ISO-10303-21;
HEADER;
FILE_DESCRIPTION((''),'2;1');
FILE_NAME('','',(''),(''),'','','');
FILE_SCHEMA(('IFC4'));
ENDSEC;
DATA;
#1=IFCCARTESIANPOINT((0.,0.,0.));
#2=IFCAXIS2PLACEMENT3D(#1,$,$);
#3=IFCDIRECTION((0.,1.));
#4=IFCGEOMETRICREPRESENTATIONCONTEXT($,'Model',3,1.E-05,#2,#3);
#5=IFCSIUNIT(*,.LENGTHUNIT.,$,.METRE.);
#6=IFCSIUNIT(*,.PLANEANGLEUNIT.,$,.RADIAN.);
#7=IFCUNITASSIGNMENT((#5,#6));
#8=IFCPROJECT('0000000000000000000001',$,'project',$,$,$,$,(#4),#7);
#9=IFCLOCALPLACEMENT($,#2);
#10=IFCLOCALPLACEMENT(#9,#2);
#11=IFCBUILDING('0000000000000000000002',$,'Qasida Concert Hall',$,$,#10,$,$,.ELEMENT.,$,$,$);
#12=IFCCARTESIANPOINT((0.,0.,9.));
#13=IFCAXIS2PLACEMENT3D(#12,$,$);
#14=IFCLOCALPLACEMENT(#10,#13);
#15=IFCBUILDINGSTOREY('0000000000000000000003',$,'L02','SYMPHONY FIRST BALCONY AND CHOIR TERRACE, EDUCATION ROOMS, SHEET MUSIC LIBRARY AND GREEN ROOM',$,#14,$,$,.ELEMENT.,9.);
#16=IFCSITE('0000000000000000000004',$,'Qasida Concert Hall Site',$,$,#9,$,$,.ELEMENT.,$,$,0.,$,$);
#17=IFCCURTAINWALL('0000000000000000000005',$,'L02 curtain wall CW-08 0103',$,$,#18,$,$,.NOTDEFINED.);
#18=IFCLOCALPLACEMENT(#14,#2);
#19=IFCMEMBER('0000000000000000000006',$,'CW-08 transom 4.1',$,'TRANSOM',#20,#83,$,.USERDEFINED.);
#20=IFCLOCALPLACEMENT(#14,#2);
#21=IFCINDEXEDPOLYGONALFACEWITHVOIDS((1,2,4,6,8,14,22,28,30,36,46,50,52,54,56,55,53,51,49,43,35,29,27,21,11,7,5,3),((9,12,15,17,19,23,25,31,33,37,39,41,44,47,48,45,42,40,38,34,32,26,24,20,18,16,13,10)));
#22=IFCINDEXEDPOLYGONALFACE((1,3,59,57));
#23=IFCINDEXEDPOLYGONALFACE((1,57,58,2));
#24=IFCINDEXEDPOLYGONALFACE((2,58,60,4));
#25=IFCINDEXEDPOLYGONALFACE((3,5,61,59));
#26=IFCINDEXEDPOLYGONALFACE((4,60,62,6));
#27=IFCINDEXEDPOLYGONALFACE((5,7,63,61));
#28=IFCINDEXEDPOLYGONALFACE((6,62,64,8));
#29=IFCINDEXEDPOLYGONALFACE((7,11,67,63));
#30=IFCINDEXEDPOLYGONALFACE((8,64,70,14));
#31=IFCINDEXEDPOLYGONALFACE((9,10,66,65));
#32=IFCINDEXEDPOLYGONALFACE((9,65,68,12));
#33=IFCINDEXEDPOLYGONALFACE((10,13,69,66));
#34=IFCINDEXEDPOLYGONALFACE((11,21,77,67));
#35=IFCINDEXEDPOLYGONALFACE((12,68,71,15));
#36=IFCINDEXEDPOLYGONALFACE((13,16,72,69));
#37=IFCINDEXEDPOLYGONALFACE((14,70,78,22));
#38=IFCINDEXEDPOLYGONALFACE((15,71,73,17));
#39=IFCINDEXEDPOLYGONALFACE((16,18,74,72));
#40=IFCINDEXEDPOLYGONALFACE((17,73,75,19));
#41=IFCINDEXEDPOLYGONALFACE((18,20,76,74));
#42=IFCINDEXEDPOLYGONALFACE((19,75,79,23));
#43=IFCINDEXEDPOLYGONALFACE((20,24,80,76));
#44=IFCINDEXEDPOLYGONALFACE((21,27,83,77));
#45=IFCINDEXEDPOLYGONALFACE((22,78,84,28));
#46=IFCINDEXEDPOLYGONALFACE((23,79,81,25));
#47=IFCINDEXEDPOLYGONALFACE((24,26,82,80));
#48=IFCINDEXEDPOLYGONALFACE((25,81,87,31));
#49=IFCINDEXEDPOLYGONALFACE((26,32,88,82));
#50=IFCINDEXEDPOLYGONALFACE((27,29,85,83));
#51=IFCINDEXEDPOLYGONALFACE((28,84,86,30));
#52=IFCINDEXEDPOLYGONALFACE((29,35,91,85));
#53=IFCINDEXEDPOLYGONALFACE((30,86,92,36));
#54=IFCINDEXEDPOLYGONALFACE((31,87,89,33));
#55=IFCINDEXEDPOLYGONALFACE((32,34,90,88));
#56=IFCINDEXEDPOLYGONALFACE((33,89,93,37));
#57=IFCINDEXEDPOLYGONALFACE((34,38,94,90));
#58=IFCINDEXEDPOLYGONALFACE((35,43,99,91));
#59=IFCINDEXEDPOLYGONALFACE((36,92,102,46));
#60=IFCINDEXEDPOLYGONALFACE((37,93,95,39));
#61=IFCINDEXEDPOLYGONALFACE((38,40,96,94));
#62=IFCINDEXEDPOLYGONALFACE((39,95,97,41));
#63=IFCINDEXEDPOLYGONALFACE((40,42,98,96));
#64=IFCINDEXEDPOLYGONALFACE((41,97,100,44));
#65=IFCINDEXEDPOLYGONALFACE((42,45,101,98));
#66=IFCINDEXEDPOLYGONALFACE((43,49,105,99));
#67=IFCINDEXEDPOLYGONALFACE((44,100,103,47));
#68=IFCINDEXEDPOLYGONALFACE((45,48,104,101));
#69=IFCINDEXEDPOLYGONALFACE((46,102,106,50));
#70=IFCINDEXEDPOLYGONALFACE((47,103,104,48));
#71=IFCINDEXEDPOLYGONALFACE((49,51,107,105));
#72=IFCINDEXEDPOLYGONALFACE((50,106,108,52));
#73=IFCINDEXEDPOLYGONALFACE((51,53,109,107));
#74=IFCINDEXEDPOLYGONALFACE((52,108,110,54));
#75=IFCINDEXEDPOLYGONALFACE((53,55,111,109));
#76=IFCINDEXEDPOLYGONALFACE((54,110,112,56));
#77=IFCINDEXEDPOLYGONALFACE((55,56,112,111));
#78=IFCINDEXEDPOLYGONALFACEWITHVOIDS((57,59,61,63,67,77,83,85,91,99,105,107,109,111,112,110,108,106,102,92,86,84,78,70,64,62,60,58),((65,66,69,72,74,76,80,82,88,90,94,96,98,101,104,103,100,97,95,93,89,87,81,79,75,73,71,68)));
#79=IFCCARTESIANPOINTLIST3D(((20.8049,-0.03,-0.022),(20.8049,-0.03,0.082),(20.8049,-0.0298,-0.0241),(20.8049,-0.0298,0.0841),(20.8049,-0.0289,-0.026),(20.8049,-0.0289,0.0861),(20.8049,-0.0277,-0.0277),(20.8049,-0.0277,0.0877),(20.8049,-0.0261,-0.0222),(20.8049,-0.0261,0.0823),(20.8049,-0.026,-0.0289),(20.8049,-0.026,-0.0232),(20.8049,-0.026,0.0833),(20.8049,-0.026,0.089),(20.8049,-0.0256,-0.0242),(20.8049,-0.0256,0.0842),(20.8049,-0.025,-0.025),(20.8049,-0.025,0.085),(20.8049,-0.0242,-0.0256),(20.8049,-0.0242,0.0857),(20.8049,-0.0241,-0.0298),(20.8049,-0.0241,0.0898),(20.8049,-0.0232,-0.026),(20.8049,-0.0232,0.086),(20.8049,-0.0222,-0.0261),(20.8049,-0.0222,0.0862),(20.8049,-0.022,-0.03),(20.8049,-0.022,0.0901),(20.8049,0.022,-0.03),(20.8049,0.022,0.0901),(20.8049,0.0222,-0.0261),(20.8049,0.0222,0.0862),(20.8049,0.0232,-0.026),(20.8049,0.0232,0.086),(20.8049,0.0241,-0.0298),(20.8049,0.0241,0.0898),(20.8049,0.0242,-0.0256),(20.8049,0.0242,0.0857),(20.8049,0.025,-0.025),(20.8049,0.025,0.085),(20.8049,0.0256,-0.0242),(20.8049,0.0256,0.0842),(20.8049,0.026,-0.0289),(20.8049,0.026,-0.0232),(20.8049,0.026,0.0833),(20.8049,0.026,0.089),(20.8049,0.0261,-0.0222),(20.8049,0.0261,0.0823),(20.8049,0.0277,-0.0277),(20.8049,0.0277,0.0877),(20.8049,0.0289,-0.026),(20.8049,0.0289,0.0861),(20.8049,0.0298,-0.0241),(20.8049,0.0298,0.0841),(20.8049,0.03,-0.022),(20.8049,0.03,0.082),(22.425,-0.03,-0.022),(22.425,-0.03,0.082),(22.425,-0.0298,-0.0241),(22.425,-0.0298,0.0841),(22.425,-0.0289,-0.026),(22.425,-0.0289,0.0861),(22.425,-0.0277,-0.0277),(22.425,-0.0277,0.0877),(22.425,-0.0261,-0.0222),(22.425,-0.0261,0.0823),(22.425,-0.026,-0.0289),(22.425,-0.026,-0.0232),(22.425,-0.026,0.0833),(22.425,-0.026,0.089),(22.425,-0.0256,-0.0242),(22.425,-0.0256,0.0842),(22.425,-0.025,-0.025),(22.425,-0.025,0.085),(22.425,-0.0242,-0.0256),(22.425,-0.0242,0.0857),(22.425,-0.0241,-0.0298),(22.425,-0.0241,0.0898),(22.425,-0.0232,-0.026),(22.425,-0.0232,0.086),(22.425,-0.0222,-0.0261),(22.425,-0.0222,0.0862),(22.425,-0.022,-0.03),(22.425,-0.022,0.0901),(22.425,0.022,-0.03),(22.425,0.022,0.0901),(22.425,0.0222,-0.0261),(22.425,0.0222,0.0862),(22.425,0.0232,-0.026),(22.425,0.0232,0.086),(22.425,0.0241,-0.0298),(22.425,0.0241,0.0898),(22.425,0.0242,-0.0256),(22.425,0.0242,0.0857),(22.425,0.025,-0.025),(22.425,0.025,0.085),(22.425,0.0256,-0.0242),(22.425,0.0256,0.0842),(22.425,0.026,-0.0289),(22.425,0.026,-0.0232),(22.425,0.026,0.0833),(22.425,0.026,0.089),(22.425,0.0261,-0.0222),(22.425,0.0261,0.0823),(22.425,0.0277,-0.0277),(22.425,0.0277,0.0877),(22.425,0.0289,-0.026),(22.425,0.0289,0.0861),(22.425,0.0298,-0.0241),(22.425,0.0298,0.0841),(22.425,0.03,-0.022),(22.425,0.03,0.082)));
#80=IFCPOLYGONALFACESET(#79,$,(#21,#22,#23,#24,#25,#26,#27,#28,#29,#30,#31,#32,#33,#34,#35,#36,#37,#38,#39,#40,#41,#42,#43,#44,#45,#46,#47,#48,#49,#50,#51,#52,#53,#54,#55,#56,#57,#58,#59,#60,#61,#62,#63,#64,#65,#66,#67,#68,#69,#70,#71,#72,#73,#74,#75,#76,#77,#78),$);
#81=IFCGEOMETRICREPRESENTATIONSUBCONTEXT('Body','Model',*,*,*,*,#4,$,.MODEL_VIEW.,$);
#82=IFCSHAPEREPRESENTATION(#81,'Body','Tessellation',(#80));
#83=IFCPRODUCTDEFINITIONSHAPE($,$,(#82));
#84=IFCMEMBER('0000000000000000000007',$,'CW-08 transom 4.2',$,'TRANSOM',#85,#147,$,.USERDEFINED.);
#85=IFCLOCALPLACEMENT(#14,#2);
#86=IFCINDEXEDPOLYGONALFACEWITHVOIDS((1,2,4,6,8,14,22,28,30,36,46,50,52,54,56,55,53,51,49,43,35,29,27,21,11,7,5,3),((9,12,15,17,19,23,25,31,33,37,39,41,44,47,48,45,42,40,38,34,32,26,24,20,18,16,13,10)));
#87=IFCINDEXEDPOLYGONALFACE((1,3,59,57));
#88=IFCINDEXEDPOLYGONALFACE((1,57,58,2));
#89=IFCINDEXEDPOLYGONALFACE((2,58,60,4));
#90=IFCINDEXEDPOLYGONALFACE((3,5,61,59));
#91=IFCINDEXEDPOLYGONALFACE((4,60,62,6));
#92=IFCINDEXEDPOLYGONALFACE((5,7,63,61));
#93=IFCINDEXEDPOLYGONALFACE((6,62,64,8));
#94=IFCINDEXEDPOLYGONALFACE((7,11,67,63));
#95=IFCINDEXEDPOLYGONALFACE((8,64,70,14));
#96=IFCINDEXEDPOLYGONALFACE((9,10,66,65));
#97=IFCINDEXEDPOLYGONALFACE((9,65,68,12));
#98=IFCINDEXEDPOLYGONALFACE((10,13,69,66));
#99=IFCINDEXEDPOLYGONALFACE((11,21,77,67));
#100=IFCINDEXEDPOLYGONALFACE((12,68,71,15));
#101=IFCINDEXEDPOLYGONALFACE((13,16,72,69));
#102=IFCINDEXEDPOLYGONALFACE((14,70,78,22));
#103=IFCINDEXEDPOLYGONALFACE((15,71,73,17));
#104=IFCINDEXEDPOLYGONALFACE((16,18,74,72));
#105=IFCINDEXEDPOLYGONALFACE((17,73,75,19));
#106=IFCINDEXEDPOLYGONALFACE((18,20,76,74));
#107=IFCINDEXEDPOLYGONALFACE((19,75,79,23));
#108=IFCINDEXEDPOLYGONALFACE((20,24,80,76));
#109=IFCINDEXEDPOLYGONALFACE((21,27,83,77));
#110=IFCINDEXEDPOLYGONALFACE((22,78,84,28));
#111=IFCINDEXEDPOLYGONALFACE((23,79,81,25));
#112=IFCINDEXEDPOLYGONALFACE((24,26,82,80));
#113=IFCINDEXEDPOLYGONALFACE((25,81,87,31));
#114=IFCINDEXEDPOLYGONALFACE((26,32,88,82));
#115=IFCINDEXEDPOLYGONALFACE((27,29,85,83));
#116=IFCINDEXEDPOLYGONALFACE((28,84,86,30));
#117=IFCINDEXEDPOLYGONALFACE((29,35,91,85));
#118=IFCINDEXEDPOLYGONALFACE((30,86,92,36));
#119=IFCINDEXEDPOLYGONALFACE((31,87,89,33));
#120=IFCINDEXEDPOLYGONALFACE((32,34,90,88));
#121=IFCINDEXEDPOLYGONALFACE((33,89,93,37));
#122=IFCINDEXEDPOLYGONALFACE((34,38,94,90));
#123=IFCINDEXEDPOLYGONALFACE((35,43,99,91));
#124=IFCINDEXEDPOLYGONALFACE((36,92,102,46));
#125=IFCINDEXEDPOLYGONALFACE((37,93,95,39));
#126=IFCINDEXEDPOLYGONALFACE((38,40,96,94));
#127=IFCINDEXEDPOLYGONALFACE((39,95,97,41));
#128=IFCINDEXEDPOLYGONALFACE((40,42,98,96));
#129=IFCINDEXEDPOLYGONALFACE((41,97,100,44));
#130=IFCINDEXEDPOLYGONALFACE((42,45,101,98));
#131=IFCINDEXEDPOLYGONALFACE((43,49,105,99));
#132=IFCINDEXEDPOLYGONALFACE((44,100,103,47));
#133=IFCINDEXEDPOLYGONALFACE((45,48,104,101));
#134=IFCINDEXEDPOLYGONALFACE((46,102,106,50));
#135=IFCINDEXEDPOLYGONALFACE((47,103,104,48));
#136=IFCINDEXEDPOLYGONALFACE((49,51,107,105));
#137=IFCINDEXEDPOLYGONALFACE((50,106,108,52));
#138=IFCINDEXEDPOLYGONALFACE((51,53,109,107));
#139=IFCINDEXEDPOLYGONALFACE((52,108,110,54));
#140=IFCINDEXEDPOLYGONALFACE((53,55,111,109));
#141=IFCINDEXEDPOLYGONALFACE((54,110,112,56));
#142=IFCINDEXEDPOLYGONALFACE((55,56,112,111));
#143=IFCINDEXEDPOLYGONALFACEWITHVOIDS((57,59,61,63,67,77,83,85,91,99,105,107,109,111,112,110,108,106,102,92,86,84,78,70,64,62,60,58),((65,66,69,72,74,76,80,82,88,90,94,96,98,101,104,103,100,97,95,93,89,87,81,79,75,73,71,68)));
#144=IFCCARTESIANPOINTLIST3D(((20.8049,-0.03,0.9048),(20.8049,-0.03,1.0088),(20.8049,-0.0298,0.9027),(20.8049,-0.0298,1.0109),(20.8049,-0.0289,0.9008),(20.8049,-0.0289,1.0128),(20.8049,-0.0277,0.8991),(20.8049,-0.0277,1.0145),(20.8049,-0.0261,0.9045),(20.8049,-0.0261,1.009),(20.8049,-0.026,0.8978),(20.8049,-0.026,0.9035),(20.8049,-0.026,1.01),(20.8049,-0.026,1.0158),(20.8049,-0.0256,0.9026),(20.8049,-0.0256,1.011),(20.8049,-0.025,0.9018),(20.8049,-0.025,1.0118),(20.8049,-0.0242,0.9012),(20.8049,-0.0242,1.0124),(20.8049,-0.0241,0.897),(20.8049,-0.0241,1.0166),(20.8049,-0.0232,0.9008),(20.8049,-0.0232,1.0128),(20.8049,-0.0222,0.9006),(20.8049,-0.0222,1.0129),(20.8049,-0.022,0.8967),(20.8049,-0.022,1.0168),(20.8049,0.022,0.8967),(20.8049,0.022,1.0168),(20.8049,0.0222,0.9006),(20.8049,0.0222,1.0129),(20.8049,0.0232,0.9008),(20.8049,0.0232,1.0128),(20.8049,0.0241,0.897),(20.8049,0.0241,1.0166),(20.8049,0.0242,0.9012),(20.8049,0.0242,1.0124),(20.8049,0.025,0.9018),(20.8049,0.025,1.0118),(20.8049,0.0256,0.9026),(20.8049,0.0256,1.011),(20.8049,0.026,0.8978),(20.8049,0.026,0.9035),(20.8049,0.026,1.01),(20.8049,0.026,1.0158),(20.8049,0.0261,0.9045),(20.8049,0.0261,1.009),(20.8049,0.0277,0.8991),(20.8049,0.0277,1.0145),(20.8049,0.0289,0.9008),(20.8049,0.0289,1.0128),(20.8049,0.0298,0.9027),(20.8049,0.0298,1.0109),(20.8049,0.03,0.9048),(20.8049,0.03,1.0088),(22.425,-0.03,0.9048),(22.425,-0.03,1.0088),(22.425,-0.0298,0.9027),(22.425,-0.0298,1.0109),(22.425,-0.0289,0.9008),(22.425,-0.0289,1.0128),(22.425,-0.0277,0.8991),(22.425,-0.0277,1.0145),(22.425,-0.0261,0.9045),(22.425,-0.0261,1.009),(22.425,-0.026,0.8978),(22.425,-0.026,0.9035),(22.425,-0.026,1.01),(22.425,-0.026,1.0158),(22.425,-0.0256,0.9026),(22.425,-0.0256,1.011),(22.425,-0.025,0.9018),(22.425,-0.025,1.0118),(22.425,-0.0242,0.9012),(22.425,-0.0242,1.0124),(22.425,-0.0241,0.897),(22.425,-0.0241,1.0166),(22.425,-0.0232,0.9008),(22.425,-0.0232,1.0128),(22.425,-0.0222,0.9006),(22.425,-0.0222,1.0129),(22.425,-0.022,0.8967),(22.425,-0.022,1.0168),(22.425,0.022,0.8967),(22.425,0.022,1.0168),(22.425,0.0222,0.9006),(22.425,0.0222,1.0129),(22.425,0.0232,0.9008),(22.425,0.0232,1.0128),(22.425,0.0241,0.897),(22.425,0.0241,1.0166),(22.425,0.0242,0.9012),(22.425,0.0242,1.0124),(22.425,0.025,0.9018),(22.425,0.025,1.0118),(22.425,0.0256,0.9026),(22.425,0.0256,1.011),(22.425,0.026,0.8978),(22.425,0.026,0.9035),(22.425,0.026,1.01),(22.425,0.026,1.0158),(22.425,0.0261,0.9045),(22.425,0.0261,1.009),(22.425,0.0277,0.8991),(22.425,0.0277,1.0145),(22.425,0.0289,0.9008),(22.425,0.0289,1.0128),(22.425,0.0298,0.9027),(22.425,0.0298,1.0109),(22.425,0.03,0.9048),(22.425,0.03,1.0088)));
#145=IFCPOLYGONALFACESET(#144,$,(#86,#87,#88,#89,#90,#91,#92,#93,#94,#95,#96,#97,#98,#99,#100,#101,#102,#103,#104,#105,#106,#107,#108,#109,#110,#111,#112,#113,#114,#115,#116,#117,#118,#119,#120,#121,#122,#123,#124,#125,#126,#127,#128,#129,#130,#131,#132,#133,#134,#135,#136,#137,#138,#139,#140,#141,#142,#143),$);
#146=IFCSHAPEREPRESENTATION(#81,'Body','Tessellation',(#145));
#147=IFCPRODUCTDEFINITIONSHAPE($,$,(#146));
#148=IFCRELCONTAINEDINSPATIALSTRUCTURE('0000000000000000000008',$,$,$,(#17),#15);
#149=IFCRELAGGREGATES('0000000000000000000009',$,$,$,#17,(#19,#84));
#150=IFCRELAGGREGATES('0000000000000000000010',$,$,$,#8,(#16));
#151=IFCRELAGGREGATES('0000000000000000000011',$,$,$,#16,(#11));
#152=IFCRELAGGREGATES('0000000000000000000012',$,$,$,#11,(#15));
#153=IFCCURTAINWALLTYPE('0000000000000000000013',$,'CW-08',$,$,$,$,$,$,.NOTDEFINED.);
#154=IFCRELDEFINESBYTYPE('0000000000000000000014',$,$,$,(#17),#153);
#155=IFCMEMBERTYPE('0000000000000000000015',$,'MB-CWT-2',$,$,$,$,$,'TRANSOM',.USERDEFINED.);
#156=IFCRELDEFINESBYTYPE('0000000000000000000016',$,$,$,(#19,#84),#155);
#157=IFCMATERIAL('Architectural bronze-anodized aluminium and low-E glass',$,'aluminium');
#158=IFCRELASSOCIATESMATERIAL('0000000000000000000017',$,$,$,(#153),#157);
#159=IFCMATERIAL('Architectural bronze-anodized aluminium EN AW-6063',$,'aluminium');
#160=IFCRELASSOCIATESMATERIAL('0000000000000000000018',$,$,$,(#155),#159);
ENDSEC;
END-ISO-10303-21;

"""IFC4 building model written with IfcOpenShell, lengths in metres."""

from ifc_helpers import new_model, si_unit, direction, frame, origin, origin_2d, place, context, subcontext, project, spatial, hollow_rectangle, extrude, material, material_profile, profile_set, type_object, element, aggregate, save


model = new_model("IFC4")

# Units and contexts
model_context = context("Model", 3, precision=1e-05, world=origin(), true_north=direction((0.0, 1.0)))
body_context = subcontext(model_context, "Body", "Model", "MODEL_VIEW")
ifc_project = project(units=[si_unit("LENGTHUNIT", "METRE"), si_unit("PLANEANGLEUNIT", "RADIAN")], contexts=[model_context])

# Site, building, storey
site_placement = place(None, origin())
site = spatial("IfcSite", under=ifc_project, at=site_placement, Name="Qasida Concert Hall Site", CompositionType="ELEMENT", RefElevation=0.0)
building_placement = place(site_placement, origin())
building = spatial("IfcBuilding", under=site, at=building_placement, Name="Qasida Concert Hall", CompositionType="ELEMENT")
storey_placement = place(building_placement, frame((0.0, 0.0, 9.0)))
storey = spatial("IfcBuildingStorey", under=building, at=storey_placement, Name="L02", Description="SYMPHONY FIRST BALCONY AND CHOIR TERRACE, EDUCATION ROOMS, SHEET MUSIC LIBRARY AND GREEN ROOM", CompositionType="ELEMENT", Elevation=9.0)

# Curtain wall
ifc_material_1 = material(Name="Architectural bronze-anodized aluminium and low-E glass", Category="aluminium")
curtain_wall_type = type_object("IfcCurtainWallType", Name="CW-08", PredefinedType="NOTDEFINED", material=ifc_material_1)
curtain_wall_1_placement = place(storey_placement, origin())
curtain_wall_1 = element("IfcCurtainWall", 1, at=curtain_wall_1_placement, inside=storey, type_object=curtain_wall_type, Name="L02 curtain wall CW-08 0103", PredefinedType="NOTDEFINED")
ifc_material_2 = material(Name="Architectural bronze-anodized aluminium EN AW-6063", Category="aluminium")

# Members
ifc_material_profile_1 = material_profile(ifc_material_2, hollow_rectangle(XDim=0.0601, YDim=0.1201, WallThickness=0.0039, InnerFilletRadius=0.0039, OuterFilletRadius=0.0081, at=origin_2d()), Name="CWT 120x60x4")
ifc_profile_set_1 = profile_set([ifc_material_profile_1], Name="Architectural bronze-anodized aluminium EN AW-6063")
member_type_1 = type_object("IfcMemberType", Name="MB-CWT-2", ElementType="TRANSOM", PredefinedType="USERDEFINED", material=ifc_profile_set_1)
member_1_placement = place(storey_placement, frame((20.8049, 0.0, 0.03), z_axis=(1.0, 0.0, 0.0), x_axis=(0.0, 1.0, 0.0)))
member_1 = element("IfcMember", 2, at=member_1_placement, type_object=member_type_1, Name="CW-08 transom 4.1", ObjectType="TRANSOM", PredefinedType="USERDEFINED", context=body_context, shape_type="SweptSolid", body=[
    extrude(hollow_rectangle(XDim=0.0601, YDim=0.1201, WallThickness=0.0039, InnerFilletRadius=0.0039, OuterFilletRadius=0.0081, at=origin_2d()), origin(), (0.0, 0.0, 1.0), 1.6201),
])
member_2_placement = place(storey_placement, frame((20.8049, 0.0, 0.9568), z_axis=(1.0, 0.0, 0.0), x_axis=(0.0, 1.0, 0.0)))
member_2 = element("IfcMember", 3, at=member_2_placement, type_object=member_type_1, Name="CW-08 transom 4.2", ObjectType="TRANSOM", PredefinedType="USERDEFINED", context=body_context, shape_type="SweptSolid", body=[
    extrude(hollow_rectangle(XDim=0.0601, YDim=0.1201, WallThickness=0.0039, InnerFilletRadius=0.0039, OuterFilletRadius=0.0081, at=origin_2d()), origin(), (0.0, 0.0, 1.0), 1.6201),
])

aggregate(curtain_wall_1, [member_1, member_2])

save(model, "model.ifc")
